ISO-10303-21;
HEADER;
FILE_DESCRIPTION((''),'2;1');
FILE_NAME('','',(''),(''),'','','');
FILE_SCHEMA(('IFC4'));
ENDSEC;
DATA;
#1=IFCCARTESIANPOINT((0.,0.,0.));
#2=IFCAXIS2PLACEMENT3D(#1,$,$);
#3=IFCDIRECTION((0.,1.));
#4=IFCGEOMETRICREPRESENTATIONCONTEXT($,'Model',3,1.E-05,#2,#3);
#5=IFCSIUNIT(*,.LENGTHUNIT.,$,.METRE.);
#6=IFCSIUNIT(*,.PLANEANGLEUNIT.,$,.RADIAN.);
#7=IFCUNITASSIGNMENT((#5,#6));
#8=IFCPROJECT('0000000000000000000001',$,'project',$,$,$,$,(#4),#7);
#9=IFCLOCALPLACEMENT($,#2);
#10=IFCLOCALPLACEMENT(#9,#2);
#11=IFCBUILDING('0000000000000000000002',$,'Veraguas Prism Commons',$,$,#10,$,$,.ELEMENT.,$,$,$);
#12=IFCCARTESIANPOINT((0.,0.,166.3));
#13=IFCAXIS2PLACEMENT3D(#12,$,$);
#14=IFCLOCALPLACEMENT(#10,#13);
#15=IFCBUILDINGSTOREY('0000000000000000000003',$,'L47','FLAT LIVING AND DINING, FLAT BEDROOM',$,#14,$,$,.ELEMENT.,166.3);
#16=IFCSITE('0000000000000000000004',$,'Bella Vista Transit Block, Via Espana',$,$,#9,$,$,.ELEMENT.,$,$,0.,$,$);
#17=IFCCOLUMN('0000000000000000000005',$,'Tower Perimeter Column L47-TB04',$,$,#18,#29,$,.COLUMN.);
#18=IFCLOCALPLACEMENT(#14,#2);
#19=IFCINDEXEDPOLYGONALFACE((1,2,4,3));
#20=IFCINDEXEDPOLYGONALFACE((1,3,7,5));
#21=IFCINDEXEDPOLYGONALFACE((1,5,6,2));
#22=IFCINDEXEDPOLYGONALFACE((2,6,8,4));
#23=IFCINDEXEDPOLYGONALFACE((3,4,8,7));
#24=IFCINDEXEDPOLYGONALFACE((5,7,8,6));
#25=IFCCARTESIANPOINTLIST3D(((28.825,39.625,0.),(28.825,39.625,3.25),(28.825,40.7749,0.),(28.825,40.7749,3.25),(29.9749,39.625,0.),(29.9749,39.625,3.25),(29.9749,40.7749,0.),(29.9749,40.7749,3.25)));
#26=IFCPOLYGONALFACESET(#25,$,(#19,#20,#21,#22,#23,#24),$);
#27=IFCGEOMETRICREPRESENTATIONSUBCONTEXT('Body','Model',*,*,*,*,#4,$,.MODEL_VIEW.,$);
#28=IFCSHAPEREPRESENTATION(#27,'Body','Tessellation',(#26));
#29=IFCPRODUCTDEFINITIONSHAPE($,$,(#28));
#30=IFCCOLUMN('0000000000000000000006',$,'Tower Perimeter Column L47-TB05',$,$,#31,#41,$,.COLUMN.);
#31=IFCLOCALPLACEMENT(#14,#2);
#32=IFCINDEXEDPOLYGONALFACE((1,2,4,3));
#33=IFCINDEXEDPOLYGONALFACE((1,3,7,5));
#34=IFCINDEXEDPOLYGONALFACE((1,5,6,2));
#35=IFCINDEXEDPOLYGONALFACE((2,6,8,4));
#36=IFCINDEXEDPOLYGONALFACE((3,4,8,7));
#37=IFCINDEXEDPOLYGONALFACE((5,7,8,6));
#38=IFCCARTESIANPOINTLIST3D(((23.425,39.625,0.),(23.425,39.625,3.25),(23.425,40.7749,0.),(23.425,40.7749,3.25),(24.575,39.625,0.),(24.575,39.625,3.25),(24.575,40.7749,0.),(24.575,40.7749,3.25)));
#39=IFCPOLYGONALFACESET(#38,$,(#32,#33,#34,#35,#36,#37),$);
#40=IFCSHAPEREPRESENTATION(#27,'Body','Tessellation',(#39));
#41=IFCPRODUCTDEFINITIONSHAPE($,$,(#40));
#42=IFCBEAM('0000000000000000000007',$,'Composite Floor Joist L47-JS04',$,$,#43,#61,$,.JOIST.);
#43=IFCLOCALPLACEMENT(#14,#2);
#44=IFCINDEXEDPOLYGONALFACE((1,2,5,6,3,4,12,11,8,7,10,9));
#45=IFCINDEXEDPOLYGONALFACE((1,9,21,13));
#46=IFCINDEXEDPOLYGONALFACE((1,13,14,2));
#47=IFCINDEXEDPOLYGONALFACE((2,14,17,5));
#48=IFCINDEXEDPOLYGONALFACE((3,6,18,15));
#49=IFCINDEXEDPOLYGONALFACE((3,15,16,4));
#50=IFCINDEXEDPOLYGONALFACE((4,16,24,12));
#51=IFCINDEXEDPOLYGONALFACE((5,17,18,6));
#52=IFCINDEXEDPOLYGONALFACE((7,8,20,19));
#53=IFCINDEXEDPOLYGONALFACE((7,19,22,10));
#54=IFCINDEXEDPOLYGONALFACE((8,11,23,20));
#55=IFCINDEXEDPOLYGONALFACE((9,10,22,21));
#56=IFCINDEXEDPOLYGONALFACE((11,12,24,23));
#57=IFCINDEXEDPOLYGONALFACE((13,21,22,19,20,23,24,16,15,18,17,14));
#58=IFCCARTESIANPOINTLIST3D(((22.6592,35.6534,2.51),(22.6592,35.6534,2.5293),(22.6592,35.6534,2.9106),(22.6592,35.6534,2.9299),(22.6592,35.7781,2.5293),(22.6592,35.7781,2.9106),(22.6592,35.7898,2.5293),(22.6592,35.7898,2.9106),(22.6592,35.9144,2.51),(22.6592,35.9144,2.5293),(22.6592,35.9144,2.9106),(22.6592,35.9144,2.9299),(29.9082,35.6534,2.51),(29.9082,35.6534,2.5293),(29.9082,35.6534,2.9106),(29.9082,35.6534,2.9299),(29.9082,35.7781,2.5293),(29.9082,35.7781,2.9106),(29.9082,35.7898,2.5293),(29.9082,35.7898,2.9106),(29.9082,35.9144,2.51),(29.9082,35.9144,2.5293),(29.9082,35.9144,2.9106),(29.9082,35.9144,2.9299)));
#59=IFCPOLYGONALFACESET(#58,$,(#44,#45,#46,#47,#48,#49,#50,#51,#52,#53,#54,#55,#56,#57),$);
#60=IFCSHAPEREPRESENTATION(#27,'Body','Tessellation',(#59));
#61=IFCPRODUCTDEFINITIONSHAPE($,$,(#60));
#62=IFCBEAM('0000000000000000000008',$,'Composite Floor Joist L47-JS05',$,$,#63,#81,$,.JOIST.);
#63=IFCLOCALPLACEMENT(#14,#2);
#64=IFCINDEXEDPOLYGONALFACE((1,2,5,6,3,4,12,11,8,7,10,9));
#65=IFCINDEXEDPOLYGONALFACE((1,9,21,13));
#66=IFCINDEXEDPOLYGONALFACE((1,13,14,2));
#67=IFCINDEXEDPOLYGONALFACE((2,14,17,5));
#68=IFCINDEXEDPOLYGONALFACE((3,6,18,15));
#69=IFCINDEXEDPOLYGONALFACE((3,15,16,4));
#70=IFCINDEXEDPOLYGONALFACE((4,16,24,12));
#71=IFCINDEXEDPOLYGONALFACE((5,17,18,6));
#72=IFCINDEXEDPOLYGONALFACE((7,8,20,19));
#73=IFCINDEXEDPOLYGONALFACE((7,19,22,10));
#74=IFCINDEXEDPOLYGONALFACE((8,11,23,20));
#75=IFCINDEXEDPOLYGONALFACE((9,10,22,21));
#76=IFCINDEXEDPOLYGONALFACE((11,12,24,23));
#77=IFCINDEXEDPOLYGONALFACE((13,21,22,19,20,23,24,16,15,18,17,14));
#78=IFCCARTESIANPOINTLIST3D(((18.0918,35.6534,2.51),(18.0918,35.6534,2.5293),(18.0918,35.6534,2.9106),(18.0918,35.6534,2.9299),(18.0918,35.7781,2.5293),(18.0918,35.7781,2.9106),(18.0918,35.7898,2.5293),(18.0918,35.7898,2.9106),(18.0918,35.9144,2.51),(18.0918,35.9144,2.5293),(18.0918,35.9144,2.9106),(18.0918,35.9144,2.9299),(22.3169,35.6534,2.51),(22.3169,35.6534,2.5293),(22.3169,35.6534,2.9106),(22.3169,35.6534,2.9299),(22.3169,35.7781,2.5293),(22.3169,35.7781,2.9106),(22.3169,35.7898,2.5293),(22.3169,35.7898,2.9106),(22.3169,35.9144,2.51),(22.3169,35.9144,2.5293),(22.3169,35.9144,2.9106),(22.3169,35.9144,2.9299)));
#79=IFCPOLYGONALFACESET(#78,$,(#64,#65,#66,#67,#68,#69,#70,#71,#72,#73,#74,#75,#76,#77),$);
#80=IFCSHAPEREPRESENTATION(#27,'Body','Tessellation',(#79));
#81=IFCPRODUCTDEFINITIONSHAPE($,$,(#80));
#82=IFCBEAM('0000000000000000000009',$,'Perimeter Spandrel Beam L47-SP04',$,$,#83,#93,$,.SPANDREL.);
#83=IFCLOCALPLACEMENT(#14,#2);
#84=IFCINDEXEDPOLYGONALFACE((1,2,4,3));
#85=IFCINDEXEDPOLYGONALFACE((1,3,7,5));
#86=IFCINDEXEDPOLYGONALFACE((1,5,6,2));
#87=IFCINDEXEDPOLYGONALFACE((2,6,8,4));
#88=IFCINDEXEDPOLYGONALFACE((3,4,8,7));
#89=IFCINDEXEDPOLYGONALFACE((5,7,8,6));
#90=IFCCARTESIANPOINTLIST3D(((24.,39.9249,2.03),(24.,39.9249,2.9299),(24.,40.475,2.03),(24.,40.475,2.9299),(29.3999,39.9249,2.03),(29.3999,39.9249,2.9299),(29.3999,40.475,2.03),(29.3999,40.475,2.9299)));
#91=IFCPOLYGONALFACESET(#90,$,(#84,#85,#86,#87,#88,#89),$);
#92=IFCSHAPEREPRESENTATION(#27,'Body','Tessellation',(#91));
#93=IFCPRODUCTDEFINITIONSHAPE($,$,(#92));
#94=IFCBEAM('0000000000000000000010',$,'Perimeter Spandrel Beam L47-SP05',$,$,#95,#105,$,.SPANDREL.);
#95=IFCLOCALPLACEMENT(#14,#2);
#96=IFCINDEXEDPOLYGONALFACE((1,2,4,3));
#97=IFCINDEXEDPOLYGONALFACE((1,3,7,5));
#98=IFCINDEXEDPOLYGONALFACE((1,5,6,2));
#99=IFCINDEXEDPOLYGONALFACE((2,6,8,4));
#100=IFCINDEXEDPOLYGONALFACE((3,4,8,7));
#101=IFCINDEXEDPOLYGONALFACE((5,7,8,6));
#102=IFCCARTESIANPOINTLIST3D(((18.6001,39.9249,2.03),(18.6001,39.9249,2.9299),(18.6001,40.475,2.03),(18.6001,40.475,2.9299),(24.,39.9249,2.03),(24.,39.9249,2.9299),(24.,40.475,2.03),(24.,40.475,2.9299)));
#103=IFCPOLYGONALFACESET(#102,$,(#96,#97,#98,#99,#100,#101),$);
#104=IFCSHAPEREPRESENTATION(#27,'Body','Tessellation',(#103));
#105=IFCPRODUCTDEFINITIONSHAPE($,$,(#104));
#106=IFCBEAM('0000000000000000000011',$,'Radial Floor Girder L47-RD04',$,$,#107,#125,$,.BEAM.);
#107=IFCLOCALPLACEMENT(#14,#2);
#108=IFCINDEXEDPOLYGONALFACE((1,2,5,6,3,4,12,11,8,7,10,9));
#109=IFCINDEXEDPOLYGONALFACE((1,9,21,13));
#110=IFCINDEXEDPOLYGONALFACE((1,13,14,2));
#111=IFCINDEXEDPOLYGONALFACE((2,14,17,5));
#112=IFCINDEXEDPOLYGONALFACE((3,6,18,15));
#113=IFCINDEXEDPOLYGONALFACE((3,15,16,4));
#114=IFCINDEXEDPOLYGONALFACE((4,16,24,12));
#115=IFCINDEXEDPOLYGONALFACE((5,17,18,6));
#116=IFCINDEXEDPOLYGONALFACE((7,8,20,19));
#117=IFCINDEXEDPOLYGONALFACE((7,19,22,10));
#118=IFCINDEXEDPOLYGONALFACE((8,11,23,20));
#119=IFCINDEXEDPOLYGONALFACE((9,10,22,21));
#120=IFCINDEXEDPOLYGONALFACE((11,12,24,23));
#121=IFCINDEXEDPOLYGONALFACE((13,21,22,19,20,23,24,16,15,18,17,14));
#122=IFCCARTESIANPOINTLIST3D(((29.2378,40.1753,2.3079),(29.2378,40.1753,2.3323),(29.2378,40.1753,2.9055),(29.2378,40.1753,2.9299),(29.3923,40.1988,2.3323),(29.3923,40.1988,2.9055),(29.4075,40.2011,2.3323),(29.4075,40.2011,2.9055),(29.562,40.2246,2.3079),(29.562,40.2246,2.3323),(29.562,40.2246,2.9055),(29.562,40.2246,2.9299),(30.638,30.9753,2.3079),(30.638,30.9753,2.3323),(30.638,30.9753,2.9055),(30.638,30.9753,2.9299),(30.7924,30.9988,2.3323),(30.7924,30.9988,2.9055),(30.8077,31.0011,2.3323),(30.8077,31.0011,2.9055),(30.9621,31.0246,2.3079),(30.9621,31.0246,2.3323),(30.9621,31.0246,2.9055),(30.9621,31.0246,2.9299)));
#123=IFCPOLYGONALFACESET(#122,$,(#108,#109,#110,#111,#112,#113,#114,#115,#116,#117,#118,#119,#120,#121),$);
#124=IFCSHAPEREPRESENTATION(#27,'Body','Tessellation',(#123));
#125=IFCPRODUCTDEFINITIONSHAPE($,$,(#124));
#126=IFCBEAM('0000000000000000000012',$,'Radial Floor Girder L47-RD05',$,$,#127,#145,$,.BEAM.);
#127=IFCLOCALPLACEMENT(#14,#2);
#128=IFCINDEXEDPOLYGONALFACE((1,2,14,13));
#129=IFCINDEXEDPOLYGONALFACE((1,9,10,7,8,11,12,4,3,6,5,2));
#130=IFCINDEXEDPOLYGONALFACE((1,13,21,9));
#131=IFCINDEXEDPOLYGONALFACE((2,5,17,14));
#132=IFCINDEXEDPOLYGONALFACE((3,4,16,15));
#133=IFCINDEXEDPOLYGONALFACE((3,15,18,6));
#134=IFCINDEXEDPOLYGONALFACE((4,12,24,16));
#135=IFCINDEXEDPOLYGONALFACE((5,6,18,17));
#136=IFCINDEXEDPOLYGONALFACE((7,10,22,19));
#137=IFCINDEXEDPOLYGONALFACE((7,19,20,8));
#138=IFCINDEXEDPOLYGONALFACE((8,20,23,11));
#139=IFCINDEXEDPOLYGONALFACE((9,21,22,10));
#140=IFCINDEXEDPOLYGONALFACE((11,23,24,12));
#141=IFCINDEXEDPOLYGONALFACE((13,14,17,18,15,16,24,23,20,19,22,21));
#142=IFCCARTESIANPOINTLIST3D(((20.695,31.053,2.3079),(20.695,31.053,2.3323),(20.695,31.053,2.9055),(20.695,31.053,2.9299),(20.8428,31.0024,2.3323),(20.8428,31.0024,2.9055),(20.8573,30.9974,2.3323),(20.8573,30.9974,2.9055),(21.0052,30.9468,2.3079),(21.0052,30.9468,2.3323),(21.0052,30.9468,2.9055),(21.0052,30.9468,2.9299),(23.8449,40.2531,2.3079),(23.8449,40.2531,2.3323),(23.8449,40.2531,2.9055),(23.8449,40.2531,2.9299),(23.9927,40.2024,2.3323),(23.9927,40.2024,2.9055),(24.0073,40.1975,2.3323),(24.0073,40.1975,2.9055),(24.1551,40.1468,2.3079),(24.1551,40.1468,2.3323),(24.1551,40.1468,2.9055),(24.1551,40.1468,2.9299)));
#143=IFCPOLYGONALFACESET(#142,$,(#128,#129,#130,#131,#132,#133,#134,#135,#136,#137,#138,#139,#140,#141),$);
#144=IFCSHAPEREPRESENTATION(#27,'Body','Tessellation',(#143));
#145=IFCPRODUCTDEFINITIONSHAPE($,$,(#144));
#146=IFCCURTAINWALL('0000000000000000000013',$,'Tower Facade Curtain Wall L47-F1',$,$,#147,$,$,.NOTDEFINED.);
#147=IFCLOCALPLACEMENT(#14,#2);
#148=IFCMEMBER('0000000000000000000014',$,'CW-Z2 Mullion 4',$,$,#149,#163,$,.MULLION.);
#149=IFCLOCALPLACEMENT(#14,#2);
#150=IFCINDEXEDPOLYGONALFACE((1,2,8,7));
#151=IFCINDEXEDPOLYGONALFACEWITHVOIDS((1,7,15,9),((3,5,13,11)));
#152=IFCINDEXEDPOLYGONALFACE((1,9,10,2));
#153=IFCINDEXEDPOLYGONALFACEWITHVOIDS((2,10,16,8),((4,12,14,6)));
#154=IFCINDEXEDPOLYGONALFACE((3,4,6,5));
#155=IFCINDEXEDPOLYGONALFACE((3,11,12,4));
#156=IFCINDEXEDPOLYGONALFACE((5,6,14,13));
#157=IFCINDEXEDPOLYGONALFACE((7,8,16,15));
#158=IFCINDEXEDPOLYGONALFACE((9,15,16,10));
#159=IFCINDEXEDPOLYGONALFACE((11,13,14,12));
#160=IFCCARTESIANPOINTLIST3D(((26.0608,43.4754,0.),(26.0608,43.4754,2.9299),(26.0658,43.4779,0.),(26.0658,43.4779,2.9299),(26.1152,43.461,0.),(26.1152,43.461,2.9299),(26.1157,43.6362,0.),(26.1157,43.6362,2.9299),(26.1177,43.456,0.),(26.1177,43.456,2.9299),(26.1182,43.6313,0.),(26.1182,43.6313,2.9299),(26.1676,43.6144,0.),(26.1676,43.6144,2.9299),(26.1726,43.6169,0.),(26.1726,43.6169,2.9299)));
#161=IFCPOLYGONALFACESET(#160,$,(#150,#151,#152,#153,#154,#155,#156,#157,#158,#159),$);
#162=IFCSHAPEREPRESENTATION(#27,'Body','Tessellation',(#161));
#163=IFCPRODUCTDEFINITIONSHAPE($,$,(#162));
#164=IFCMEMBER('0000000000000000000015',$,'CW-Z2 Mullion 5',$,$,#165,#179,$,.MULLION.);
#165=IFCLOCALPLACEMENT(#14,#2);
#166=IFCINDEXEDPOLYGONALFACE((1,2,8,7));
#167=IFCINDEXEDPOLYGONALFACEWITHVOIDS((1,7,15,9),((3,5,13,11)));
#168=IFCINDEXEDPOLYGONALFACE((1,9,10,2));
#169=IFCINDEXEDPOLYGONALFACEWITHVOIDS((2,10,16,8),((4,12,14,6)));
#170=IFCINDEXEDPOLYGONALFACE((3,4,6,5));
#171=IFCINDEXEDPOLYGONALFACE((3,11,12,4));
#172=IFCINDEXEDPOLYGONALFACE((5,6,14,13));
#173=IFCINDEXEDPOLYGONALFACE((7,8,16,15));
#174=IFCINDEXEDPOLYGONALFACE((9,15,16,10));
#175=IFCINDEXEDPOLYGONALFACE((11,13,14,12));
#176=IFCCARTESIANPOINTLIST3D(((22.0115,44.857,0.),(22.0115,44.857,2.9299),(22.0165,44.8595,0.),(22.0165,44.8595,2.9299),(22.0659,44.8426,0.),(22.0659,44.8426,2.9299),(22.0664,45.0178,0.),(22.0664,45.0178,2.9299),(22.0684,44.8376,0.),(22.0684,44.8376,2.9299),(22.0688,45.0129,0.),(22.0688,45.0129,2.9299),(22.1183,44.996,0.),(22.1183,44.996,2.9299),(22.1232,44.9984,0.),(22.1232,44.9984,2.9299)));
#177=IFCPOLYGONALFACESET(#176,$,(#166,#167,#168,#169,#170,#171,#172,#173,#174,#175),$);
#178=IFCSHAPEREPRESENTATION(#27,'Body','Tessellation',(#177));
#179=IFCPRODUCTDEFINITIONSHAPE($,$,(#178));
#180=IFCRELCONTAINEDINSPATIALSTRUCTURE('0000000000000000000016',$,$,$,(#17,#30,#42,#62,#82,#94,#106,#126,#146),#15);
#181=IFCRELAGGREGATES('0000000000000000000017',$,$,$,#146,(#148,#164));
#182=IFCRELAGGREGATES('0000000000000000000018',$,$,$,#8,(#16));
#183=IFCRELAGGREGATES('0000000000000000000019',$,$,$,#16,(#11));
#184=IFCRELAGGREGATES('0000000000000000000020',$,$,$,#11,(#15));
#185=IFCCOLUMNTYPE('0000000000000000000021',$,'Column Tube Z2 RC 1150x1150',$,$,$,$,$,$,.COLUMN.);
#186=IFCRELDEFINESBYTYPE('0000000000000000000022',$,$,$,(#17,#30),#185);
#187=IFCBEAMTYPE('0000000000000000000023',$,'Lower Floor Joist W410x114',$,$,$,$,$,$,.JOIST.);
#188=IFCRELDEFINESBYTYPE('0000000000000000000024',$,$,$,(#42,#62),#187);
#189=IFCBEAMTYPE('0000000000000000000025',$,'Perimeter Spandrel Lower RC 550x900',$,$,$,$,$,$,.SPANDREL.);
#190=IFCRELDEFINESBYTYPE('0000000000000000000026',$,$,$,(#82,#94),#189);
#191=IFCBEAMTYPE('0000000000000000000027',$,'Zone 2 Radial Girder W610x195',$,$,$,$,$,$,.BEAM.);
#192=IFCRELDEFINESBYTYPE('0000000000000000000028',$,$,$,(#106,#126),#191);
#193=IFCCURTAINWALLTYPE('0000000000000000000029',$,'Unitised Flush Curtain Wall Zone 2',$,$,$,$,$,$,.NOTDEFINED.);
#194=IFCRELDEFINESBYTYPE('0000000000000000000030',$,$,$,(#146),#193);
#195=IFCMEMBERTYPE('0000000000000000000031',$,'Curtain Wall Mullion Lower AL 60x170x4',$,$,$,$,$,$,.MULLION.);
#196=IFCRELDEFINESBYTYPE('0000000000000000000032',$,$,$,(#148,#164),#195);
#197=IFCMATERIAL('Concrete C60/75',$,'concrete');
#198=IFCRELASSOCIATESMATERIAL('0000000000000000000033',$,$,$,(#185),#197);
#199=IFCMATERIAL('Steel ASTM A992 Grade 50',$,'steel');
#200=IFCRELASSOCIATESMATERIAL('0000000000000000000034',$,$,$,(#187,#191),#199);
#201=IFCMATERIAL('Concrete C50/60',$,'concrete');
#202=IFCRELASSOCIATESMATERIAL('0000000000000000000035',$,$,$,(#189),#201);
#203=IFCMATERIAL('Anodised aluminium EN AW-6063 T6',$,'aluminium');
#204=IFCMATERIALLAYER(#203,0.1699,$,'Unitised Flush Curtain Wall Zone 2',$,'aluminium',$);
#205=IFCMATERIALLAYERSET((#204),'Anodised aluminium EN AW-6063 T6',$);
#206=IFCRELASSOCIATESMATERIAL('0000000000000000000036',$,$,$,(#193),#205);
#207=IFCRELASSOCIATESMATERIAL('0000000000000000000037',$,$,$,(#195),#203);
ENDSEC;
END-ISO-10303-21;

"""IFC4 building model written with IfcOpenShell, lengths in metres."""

from ifc_helpers import new_model, si_unit, direction, frame, origin, origin_2d, place, context, subcontext, project, spatial, rectangle, hollow_rectangle, i_section, extrude, source, transform, mapped, material, layer, layer_set, material_profile, profile_set, type_object, element, aggregate, save


model = new_model("IFC4")

# Units and contexts
model_context = context("Model", 3, precision=1e-05, world=origin(), true_north=direction((0.0, 1.0)))
body_context = subcontext(model_context, "Body", "Model", "MODEL_VIEW")
ifc_project = project(units=[si_unit("LENGTHUNIT", "METRE"), si_unit("PLANEANGLEUNIT", "RADIAN")], contexts=[model_context])

# Site, building, storey
site_placement = place(None, origin())
site = spatial("IfcSite", under=ifc_project, at=site_placement, Name="Bella Vista Transit Block, Via Espana", CompositionType="ELEMENT", RefElevation=0.0)
building_placement = place(site_placement, origin())
building = spatial("IfcBuilding", under=site, at=building_placement, Name="Veraguas Prism Commons", CompositionType="ELEMENT")
storey_placement = place(building_placement, frame((0.0, 0.0, 166.3)))
storey = spatial("IfcBuildingStorey", under=building, at=storey_placement, Name="L47", Description="FLAT LIVING AND DINING, FLAT BEDROOM", CompositionType="ELEMENT", Elevation=166.3)

# Columns
ifc_material_1 = material(Name="Concrete C60/75", Category="concrete")
ifc_material_profile_1 = material_profile(ifc_material_1, rectangle(XDim=1.1499, YDim=1.1499, at=origin_2d()), Name="RC1150X1150")
ifc_profile_set_1 = profile_set([ifc_material_profile_1], Name="Concrete C60/75")
column_type = type_object("IfcColumnType", Name="Column Tube Z2 RC 1150x1150", PredefinedType="COLUMN", material=ifc_profile_set_1)
for number, where, z_axis, x_axis, name in (
    (1, (29.3999, 40.2, 0.0), (0.0, 0.0, 1.0), (1.0, 0.0, 0.0), "Tower Perimeter Column L47-TB04"),
    (2, (24.0, 40.2, 0.0), (0.0, 0.0, 1.0), (1.0, 0.0, 0.0), "Tower Perimeter Column L47-TB05"),
):
    element("IfcColumn", number, at=place(storey_placement, frame(where, z_axis=z_axis, x_axis=x_axis)), inside=storey, type_object=column_type, Name=name, PredefinedType="COLUMN", context=body_context, shape_type="SweptSolid", body=[
        extrude(rectangle(XDim=1.1499, YDim=1.1499, at=origin_2d()), origin(), (0.0, 0.0, 1.0), 3.25),
    ])

# Beams
ifc_material_2 = material(Name="Steel ASTM A992 Grade 50", Category="steel")
ifc_material_profile_2 = material_profile(ifc_material_2, i_section(OverallWidth=0.261, OverallDepth=0.4199, WebThickness=0.0117, FlangeThickness=0.0193, at=origin_2d()), Name="W410X114")
ifc_profile_set_2 = profile_set([ifc_material_profile_2], Name="Steel ASTM A992 Grade 50")
beam_type_1 = type_object("IfcBeamType", Name="Lower Floor Joist W410x114", PredefinedType="JOIST", material=ifc_profile_set_2)
beam_1_placement = place(storey_placement, frame((29.9082, 35.7839, 2.72), z_axis=(-1.0, 0.0, 0.0), x_axis=(0.0, -1.0, 0.0)))
element("IfcBeam", 3, at=beam_1_placement, inside=storey, type_object=beam_type_1, Name="Composite Floor Joist L47-JS04", PredefinedType="JOIST", context=body_context, shape_type="SweptSolid", body=[
    extrude(i_section(OverallWidth=0.261, OverallDepth=0.4199, WebThickness=0.0117, FlangeThickness=0.0193, at=origin_2d()), origin(), (0.0, 0.0, 1.0), 7.249),
])
beam_2_placement = place(storey_placement, frame((22.3169, 35.7839, 2.72), z_axis=(-1.0, 0.0, 0.0), x_axis=(0.0, -1.0, 0.0)))
element("IfcBeam", 4, at=beam_2_placement, inside=storey, type_object=beam_type_1, Name="Composite Floor Joist L47-JS05", PredefinedType="JOIST", context=body_context, shape_type="SweptSolid", body=[
    extrude(i_section(OverallWidth=0.261, OverallDepth=0.4199, WebThickness=0.0117, FlangeThickness=0.0193, at=origin_2d()), origin(), (0.0, 0.0, 1.0), 4.2251),
])
ifc_material_3 = material(Name="Concrete C50/60", Category="concrete")
ifc_material_profile_3 = material_profile(ifc_material_3, rectangle(XDim=0.55, YDim=0.8999, at=origin_2d()), Name="RC550X900")
ifc_profile_set_3 = profile_set([ifc_material_profile_3], Name="Concrete C50/60")
beam_type_2 = type_object("IfcBeamType", Name="Perimeter Spandrel Lower RC 550x900", PredefinedType="SPANDREL", material=ifc_profile_set_3)
for number, where, z_axis, x_axis, name in (
    (5, (29.3999, 40.2, 2.48), (-1.0, 0.0, 0.0), (0.0, -1.0, 0.0), "Perimeter Spandrel Beam L47-SP04"),
    (6, (24.0, 40.2, 2.48), (-1.0, 0.0, 0.0), (0.0, -1.0, 0.0), "Perimeter Spandrel Beam L47-SP05"),
):
    element("IfcBeam", number, at=place(storey_placement, frame(where, z_axis=z_axis, x_axis=x_axis)), inside=storey, type_object=beam_type_2, Name=name, PredefinedType="SPANDREL", context=body_context, shape_type="SweptSolid", body=[
        extrude(rectangle(XDim=0.55, YDim=0.8999, at=origin_2d()), origin(), (0.0, 0.0, 1.0), 5.3999),
    ])
ifc_material_profile_4 = material_profile(ifc_material_2, i_section(OverallWidth=0.3279, OverallDepth=0.6221, WebThickness=0.0154, FlangeThickness=0.0244, at=origin_2d()), Name="W610X195")
ifc_profile_set_4 = profile_set([ifc_material_profile_4], Name="Steel ASTM A992 Grade 50")
beam_type_3 = type_object("IfcBeamType", Name="Zone 2 Radial Girder W610x195", PredefinedType="BEAM", material=ifc_profile_set_4)
beam_3_placement = place(storey_placement, frame((29.3999, 40.2, 2.6189), z_axis=(0.150458, -0.988616, 0.0), x_axis=(0.988616, 0.150458, 0.0)))
element("IfcBeam", 7, at=beam_3_placement, inside=storey, type_object=beam_type_3, Name="Radial Floor Girder L47-RD04", PredefinedType="BEAM", context=body_context, shape_type="SweptSolid", body=[
    extrude(i_section(OverallWidth=0.3279, OverallDepth=0.6221, WebThickness=0.0154, FlangeThickness=0.0244, at=origin_2d()), origin(), (0.0, 0.0, 1.0), 9.3059),
])
beam_4_placement = place(storey_placement, frame((24.0, 40.2, 2.6189), z_axis=(-0.323922, -0.946084, 0.0), x_axis=(0.946084, -0.323922, 0.0)))
element("IfcBeam", 8, at=beam_4_placement, inside=storey, type_object=beam_type_3, Name="Radial Floor Girder L47-RD05", PredefinedType="BEAM", context=body_context, shape_type="SweptSolid", body=[
    extrude(i_section(OverallWidth=0.3279, OverallDepth=0.6221, WebThickness=0.0154, FlangeThickness=0.0244, at=origin_2d()), origin(), (0.0, 0.0, 1.0), 9.7244),
])

# Curtain wall, members
ifc_material_4 = material(Name="Anodised aluminium EN AW-6063 T6", Category="aluminium")
ifc_layer_1 = layer(ifc_material_4, 0.1699, Name="Unitised Flush Curtain Wall Zone 2", Category="aluminium")
ifc_layer_set_1 = layer_set([ifc_layer_1], Name="Anodised aluminium EN AW-6063 T6")
curtain_wall_type = type_object("IfcCurtainWallType", Name="Unitised Flush Curtain Wall Zone 2", PredefinedType="NOTDEFINED", material=ifc_layer_set_1)
curtain_wall_1_placement = place(storey_placement, origin())
curtain_wall_1 = element("IfcCurtainWall", 9, at=curtain_wall_1_placement, inside=storey, type_object=curtain_wall_type, Name="Tower Facade Curtain Wall L47-F1", PredefinedType="NOTDEFINED")
ifc_material_profile_5 = material_profile(ifc_material_4, hollow_rectangle(XDim=0.0601, YDim=0.1699, WallThickness=0.0039, at=origin_2d()), Name="AL60X170X4")
ifc_profile_set_5 = profile_set([ifc_material_profile_5], Name="Anodised aluminium EN AW-6063 T6")
member_type_1 = type_object("IfcMemberType", Name="Curtain Wall Mullion Lower AL 60x170x4", PredefinedType="MULLION", material=ifc_profile_set_5)
shared_shape_1 = source(origin(), body_context, "Body", "SweptSolid", [
    extrude(hollow_rectangle(XDim=0.0601, YDim=0.1699, WallThickness=0.0039, at=origin_2d()), origin(), (0.0, 0.0, 1.0), 2.9299),
])
member_1_placement = place(storey_placement, frame((26.1167, 43.5461, 0.0), z_axis=(0.0, 0.0, 1.0), x_axis=(-0.946425, 0.322925, 0.0)))
member_1 = element("IfcMember", 10, at=member_1_placement, type_object=member_type_1, Name="CW-Z2 Mullion 4", PredefinedType="MULLION", context=body_context, shape_type="MappedRepresentation", body=[
    mapped(shared_shape_1, transform((0.0, 0.0, 0.0), scale=1.0)),
])
member_2_placement = place(storey_placement, frame((22.0674, 44.9277, 0.0), z_axis=(0.0, 0.0, 1.0), x_axis=(-0.946425, 0.322925, 0.0)))
member_2 = element("IfcMember", 11, at=member_2_placement, type_object=member_type_1, Name="CW-Z2 Mullion 5", PredefinedType="MULLION", context=body_context, shape_type="MappedRepresentation", body=[
    mapped(shared_shape_1, transform((0.0, 0.0, 0.0), scale=1.0)),
])

aggregate(curtain_wall_1, [member_1, member_2])

save(model, "model.ifc")
